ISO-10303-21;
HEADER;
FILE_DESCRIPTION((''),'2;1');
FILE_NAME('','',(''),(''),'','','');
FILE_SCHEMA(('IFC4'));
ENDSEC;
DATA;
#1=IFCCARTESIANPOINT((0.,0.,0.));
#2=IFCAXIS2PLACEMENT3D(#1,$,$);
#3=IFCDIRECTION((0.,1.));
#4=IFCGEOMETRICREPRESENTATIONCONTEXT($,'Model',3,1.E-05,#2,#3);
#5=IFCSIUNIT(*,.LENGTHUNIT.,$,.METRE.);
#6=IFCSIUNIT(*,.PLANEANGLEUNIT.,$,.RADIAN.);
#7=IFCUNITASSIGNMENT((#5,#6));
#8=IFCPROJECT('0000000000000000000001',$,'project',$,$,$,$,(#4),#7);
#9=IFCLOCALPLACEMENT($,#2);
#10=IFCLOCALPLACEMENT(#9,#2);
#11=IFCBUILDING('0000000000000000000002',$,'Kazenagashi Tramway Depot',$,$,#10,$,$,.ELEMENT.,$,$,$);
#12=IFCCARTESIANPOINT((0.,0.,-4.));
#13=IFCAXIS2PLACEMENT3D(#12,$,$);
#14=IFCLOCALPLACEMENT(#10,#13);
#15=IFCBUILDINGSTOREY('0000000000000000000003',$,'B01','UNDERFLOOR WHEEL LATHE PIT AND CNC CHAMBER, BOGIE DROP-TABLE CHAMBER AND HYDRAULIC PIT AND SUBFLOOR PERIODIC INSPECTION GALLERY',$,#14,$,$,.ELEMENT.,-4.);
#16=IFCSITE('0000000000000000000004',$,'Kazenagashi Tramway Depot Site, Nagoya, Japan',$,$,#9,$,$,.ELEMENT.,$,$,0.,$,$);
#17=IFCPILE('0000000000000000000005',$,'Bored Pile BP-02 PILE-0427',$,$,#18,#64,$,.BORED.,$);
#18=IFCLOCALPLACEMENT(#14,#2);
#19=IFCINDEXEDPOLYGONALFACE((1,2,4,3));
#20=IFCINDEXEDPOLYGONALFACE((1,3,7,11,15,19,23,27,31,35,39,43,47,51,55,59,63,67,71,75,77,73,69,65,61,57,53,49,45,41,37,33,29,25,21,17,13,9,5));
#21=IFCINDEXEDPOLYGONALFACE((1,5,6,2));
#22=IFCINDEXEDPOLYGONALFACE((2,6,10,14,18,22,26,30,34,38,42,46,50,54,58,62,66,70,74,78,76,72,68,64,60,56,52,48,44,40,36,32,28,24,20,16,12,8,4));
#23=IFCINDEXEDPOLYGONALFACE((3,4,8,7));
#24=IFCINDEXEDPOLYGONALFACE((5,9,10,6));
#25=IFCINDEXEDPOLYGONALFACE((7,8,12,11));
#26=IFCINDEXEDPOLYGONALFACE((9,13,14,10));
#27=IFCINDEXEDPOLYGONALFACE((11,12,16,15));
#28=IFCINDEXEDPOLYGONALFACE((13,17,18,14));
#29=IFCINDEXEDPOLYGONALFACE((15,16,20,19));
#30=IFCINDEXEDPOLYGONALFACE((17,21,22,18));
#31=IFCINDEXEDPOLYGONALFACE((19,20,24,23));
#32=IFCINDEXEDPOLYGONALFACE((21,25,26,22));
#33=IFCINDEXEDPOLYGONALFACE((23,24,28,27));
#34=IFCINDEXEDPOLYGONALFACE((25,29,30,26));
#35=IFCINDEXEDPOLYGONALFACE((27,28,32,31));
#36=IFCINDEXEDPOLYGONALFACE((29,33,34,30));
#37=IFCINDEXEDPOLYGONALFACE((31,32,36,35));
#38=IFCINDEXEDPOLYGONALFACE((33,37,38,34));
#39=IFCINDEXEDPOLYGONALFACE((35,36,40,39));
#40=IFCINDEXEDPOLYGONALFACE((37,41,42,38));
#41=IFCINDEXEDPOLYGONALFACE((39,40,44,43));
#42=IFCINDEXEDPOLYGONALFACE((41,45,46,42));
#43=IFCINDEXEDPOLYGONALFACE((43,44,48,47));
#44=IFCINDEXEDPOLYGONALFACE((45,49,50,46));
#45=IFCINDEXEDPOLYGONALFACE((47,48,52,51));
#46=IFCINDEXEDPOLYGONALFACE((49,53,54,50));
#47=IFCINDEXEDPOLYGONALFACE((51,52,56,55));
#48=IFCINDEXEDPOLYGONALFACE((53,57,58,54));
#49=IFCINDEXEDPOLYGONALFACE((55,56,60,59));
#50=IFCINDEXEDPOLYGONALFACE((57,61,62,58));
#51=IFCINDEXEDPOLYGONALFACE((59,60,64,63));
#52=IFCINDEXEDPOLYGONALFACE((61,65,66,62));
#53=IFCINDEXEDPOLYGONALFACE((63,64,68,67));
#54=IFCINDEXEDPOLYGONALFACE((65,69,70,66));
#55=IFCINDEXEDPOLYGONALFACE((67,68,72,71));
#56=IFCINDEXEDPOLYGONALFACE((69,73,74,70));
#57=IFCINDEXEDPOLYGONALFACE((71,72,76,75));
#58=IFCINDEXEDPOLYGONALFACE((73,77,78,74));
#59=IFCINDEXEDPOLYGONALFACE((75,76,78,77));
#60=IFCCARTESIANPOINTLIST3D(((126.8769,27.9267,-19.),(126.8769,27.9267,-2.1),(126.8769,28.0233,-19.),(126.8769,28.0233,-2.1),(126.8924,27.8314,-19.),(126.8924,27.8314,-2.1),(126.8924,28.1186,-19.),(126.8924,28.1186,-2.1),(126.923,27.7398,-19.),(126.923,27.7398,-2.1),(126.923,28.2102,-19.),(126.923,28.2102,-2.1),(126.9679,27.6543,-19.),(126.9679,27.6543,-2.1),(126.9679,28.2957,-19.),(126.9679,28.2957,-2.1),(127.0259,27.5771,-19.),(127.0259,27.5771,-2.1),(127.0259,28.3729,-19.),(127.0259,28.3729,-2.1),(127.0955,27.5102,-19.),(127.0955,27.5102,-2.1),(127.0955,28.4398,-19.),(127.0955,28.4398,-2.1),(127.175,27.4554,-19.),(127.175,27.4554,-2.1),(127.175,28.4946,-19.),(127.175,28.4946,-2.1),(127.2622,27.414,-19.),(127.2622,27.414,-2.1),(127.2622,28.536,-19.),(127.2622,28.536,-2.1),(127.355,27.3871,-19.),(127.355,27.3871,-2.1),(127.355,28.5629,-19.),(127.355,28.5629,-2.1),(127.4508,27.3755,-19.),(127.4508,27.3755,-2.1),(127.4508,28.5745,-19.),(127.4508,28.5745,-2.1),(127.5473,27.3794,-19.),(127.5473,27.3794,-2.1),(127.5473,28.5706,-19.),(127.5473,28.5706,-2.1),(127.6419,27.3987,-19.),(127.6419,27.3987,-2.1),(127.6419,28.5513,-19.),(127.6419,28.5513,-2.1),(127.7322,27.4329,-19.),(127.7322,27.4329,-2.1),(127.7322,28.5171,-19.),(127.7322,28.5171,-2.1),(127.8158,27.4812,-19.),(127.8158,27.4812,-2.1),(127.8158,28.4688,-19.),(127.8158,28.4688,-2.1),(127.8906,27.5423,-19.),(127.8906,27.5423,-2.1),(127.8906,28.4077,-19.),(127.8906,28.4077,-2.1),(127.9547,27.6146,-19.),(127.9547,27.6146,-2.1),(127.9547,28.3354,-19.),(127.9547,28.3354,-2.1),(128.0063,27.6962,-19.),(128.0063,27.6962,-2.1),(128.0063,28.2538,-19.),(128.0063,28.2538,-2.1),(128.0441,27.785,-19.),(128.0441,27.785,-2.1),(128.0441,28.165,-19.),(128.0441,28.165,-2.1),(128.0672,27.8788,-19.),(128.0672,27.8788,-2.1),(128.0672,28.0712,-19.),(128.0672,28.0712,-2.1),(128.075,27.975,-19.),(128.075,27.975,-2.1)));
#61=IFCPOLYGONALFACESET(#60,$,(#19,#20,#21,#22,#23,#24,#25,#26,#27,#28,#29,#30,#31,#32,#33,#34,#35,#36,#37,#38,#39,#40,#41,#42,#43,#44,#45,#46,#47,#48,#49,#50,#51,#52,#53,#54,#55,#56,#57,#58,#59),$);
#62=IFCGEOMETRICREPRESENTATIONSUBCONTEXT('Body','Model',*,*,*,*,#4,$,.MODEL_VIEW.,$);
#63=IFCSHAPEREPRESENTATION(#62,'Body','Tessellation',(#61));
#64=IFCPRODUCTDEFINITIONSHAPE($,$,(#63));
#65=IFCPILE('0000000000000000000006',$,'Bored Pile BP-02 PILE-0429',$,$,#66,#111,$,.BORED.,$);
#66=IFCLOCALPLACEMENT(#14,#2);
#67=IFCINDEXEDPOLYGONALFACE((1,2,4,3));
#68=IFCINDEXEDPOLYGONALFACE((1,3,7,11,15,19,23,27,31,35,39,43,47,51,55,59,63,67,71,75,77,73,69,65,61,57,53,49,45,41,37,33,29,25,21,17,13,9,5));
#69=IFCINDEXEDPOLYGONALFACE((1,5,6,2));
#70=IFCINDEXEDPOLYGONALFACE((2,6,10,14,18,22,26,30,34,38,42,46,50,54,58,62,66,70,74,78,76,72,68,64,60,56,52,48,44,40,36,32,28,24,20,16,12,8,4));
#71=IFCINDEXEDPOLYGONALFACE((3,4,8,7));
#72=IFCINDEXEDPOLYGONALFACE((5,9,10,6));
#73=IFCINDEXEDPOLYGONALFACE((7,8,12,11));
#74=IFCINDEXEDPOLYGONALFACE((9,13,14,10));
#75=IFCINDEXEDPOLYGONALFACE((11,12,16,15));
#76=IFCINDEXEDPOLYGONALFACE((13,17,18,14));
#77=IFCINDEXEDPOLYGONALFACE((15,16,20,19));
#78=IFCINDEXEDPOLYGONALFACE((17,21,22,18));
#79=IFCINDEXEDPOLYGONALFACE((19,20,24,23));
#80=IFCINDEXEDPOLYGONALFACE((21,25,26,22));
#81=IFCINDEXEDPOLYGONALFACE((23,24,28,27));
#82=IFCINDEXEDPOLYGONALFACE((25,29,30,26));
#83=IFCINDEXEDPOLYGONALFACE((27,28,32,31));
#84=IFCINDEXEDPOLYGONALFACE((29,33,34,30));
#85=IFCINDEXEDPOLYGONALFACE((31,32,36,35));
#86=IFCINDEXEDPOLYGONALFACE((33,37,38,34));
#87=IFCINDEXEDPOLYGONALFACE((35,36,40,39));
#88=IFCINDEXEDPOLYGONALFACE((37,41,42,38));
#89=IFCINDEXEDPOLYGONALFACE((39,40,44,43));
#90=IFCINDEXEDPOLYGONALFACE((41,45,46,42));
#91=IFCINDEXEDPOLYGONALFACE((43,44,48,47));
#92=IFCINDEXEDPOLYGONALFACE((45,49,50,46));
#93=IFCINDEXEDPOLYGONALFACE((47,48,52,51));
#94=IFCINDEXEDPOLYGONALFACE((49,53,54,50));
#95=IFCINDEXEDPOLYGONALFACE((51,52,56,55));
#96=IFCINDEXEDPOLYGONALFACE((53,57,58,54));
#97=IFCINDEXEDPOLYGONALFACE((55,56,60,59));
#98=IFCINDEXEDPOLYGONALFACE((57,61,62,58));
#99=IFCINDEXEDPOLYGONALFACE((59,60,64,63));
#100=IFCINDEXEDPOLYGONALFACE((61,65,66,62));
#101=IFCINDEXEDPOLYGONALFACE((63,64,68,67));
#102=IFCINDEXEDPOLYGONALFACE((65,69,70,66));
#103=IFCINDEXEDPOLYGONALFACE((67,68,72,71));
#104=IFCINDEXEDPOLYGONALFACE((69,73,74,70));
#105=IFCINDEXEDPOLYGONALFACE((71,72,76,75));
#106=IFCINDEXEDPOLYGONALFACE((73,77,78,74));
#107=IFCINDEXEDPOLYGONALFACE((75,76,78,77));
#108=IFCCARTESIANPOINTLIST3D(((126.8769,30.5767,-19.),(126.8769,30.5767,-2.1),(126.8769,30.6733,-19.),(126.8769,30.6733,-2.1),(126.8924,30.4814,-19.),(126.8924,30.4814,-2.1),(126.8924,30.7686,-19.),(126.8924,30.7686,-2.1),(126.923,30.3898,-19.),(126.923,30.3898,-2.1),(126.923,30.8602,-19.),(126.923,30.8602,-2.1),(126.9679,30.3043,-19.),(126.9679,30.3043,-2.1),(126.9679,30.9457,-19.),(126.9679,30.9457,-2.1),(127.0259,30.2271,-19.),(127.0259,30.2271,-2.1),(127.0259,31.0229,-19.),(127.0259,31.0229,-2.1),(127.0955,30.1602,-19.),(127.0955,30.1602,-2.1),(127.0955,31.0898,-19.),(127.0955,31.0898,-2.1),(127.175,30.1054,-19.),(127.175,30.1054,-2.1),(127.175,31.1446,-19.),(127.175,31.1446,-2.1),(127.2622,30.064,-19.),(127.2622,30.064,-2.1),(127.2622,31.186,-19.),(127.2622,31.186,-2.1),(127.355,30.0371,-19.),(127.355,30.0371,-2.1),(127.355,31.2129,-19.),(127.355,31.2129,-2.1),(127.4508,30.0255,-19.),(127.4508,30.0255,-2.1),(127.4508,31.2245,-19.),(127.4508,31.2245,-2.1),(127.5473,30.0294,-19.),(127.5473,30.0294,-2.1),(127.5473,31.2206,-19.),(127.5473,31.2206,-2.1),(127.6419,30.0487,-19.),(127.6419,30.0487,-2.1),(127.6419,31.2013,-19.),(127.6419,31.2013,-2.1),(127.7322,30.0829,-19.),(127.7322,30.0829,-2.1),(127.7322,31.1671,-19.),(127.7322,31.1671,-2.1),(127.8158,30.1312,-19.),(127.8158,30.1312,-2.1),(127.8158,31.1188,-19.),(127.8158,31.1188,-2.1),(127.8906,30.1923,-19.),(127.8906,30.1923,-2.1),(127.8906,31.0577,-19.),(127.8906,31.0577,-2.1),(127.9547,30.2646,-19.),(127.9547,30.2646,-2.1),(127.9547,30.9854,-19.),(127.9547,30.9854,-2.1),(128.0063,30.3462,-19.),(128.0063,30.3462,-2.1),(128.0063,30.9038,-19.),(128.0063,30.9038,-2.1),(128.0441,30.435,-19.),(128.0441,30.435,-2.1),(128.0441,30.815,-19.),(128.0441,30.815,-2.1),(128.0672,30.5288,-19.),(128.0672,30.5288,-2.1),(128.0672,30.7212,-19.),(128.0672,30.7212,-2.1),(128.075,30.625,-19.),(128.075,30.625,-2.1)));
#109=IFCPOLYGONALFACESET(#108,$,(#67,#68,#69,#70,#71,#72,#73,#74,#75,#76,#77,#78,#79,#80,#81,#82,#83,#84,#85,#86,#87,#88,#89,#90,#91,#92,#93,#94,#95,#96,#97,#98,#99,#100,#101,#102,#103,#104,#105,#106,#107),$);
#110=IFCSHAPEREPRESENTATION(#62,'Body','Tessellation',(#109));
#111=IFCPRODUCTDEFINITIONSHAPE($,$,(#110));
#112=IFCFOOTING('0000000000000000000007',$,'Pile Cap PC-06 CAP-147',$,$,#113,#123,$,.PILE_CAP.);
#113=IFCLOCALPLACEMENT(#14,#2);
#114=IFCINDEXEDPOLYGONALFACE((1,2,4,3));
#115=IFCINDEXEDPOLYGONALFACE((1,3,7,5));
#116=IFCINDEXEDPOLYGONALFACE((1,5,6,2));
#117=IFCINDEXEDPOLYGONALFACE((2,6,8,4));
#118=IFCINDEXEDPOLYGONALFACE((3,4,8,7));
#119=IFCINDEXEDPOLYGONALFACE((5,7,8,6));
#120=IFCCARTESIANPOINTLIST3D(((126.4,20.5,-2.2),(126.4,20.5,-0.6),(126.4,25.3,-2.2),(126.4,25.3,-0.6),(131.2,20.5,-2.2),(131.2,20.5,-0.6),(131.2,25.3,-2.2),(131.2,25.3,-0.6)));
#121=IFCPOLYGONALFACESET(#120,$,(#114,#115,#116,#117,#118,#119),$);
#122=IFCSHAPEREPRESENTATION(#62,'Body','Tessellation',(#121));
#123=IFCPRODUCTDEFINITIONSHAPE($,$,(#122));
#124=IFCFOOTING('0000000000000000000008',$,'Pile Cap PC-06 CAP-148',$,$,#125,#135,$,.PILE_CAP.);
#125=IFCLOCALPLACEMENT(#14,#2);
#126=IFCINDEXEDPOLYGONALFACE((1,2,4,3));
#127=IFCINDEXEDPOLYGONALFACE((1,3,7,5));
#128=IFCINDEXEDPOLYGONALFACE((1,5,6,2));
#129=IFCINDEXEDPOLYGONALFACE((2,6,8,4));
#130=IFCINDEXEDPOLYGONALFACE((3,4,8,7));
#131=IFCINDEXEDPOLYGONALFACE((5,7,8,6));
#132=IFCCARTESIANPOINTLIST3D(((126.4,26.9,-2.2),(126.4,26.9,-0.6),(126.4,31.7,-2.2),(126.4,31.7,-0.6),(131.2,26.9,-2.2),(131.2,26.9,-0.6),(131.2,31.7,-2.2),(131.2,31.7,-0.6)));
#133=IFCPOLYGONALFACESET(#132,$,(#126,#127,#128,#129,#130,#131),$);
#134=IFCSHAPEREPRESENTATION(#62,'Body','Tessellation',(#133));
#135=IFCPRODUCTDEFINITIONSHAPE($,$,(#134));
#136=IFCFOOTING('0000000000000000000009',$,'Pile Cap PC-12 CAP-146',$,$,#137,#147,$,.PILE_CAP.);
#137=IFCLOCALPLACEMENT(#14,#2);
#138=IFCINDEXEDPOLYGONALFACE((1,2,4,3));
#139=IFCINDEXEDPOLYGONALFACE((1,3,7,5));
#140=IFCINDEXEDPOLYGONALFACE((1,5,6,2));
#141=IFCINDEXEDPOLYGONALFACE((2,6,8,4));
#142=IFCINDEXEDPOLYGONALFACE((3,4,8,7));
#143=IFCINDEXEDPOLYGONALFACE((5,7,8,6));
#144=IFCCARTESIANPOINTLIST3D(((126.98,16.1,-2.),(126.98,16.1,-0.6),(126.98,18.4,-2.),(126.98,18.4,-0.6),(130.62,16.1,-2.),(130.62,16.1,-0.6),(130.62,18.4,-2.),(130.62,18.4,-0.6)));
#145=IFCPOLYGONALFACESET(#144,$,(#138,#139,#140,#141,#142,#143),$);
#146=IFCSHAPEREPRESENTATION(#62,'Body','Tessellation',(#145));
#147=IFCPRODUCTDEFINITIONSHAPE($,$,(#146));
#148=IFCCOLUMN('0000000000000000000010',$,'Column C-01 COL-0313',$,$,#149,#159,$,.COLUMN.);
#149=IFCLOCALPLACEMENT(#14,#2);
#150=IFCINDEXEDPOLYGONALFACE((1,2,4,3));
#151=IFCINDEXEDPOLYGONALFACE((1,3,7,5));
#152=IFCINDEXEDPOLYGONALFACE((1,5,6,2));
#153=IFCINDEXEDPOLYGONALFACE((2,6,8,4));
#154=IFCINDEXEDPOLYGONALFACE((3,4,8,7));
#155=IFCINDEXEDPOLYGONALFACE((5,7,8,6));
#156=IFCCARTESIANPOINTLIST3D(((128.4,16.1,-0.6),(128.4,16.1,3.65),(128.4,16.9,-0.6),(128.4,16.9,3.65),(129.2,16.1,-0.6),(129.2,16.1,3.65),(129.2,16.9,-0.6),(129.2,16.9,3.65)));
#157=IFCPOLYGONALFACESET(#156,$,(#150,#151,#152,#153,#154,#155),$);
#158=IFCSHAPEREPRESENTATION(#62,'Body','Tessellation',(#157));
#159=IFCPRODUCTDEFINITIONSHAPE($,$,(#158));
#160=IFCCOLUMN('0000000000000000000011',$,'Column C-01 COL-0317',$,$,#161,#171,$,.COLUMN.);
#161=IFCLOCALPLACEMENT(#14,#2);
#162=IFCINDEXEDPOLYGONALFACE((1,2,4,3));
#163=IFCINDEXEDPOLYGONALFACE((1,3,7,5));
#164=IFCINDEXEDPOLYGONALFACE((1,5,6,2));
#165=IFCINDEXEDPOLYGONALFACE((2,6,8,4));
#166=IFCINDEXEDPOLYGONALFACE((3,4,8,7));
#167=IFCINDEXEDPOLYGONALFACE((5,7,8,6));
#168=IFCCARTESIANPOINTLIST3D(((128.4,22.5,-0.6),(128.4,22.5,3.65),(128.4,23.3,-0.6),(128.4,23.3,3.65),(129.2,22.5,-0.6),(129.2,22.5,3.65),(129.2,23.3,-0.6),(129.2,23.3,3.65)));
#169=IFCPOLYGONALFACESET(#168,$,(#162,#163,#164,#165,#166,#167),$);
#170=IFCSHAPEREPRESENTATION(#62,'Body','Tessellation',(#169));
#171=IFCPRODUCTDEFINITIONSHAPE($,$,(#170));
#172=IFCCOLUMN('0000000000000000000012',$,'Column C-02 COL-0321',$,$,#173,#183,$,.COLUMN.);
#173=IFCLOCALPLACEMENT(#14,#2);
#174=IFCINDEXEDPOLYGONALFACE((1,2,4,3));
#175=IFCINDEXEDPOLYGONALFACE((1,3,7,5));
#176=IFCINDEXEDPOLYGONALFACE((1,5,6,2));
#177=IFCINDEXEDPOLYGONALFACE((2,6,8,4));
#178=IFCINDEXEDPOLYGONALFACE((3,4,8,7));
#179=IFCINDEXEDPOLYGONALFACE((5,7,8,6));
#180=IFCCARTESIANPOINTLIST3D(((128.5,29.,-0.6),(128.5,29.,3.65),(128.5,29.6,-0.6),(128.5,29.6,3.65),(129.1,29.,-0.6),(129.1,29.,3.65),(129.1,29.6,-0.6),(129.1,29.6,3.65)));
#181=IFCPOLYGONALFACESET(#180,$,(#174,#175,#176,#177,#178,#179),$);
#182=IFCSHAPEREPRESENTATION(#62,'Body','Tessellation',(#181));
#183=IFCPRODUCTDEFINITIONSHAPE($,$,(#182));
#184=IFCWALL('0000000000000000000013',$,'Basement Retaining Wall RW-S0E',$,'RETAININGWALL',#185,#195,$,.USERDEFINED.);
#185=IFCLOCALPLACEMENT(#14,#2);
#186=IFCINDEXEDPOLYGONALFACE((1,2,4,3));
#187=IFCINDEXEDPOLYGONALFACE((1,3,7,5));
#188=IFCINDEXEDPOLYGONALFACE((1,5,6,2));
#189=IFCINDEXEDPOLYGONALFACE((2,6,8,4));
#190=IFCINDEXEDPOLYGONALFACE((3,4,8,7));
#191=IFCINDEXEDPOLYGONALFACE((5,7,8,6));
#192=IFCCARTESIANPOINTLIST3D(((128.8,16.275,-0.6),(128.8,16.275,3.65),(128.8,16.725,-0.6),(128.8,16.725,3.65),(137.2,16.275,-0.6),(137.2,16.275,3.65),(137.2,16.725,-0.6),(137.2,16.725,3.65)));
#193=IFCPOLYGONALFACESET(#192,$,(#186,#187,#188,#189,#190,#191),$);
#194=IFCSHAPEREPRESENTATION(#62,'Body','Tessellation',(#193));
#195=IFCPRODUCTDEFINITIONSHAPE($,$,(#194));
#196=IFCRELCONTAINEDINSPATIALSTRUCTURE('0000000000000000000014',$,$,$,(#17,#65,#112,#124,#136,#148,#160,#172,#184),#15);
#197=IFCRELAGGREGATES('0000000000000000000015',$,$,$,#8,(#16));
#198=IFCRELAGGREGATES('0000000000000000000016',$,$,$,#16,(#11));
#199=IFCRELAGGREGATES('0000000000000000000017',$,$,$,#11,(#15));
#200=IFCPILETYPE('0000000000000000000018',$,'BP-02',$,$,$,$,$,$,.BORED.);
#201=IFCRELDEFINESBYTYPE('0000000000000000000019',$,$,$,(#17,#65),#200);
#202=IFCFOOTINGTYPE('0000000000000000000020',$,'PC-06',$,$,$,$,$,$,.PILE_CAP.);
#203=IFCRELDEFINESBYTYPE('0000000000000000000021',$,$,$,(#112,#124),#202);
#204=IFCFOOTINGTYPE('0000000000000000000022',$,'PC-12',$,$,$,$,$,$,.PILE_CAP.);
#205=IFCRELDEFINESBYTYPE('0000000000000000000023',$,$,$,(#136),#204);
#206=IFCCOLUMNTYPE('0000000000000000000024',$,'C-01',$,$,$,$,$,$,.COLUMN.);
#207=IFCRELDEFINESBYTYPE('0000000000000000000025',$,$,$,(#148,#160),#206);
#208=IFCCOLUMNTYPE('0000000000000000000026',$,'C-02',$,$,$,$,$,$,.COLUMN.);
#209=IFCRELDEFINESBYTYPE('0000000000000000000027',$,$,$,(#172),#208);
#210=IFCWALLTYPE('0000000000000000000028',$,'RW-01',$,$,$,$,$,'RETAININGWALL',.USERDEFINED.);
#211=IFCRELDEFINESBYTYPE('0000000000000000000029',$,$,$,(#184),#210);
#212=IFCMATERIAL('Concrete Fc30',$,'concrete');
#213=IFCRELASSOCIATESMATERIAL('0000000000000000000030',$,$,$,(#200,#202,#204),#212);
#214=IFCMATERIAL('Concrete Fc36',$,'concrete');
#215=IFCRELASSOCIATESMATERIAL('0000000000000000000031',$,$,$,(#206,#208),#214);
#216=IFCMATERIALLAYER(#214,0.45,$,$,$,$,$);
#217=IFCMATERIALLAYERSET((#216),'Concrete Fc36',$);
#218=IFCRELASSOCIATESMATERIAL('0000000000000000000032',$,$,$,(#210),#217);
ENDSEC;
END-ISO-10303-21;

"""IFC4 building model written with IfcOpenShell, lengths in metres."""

from ifc_helpers import new_model, si_unit, direction, frame, frame_2d, origin, origin_2d, place, context, subcontext, project, spatial, rectangle, circle, extrude, material, layer, layer_set, material_profile, profile_set, type_object, element, save


model = new_model("IFC4")

# Units and contexts
model_context = context("Model", 3, precision=1e-05, world=origin(), true_north=direction((0.0, 1.0)))
body_context = subcontext(model_context, "Body", "Model", "MODEL_VIEW")
ifc_project = project(units=[si_unit("LENGTHUNIT", "METRE"), si_unit("PLANEANGLEUNIT", "RADIAN")], contexts=[model_context])

# Site, building, storey
site_placement = place(None, origin())
site = spatial("IfcSite", under=ifc_project, at=site_placement, Name="Kazenagashi Tramway Depot Site, Nagoya, Japan", CompositionType="ELEMENT", RefElevation=0.0)
building_placement = place(site_placement, origin())
building = spatial("IfcBuilding", under=site, at=building_placement, Name="Kazenagashi Tramway Depot", CompositionType="ELEMENT")
storey_placement = place(building_placement, frame((0.0, 0.0, -4.0)))
storey = spatial("IfcBuildingStorey", under=building, at=storey_placement, Name="B01", Description="UNDERFLOOR WHEEL LATHE PIT AND CNC CHAMBER, BOGIE DROP-TABLE CHAMBER AND HYDRAULIC PIT AND SUBFLOOR PERIODIC INSPECTION GALLERY", CompositionType="ELEMENT", Elevation=-4.0)

# Piles
ifc_material_1 = material(Name="Concrete Fc30", Category="concrete")
ifc_material_profile_1 = material_profile(ifc_material_1, circle(Radius=0.6, at=origin_2d()), Name="PILE-1200")
ifc_profile_set_1 = profile_set([ifc_material_profile_1], Name="Concrete Fc30")
pile_type_1 = type_object("IfcPileType", Name="BP-02", PredefinedType="BORED", material=ifc_profile_set_1)
for number, where, z_axis, x_axis, name in (
    (1, (127.475, 27.975, -2.1), (0.0, 0.0, -1.0), (1.0, 0.0, 0.0), "Bored Pile BP-02 PILE-0427"),
    (2, (127.475, 30.625, -2.1), (0.0, 0.0, -1.0), (1.0, 0.0, 0.0), "Bored Pile BP-02 PILE-0429"),
):
    element("IfcPile", number, at=place(storey_placement, frame(where, z_axis=z_axis, x_axis=x_axis)), inside=storey, type_object=pile_type_1, Name=name, PredefinedType="BORED", context=body_context, shape_type="SweptSolid", body=[
        extrude(circle(Radius=0.6, at=origin_2d()), origin(), (0.0, 0.0, 1.0), 16.9),
    ])

# Footings
footing_type_1 = type_object("IfcFootingType", Name="PC-06", PredefinedType="PILE_CAP", material=ifc_material_1)
for number, where, z_axis, x_axis, name in (
    (3, (128.8, 22.9, -2.2), (0.0, 0.0, 1.0), (1.0, 0.0, 0.0), "Pile Cap PC-06 CAP-147"),
    (4, (128.8, 29.3, -2.2), (0.0, 0.0, 1.0), (1.0, 0.0, 0.0), "Pile Cap PC-06 CAP-148"),
):
    element("IfcFooting", number, at=place(storey_placement, frame(where, z_axis=z_axis, x_axis=x_axis)), inside=storey, type_object=footing_type_1, Name=name, PredefinedType="PILE_CAP", context=body_context, shape_type="SweptSolid", body=[
        extrude(rectangle(XDim=4.8, YDim=4.8, at=origin_2d()), origin(), (0.0, 0.0, 1.0), 1.6),
    ])
footing_type_2 = type_object("IfcFootingType", Name="PC-12", PredefinedType="PILE_CAP", material=ifc_material_1)
footing_placement = place(storey_placement, frame((128.8, 17.25, -2.0), z_axis=(0.0, 0.0, 1.0), x_axis=(1.0, 0.0, 0.0)))
element("IfcFooting", 5, at=footing_placement, inside=storey, type_object=footing_type_2, Name="Pile Cap PC-12 CAP-146", PredefinedType="PILE_CAP", context=body_context, shape_type="SweptSolid", body=[
    extrude(rectangle(XDim=3.64, YDim=2.3, at=origin_2d()), origin(), (0.0, 0.0, 1.0), 1.4),
])

# Columns
ifc_material_2 = material(Name="Concrete Fc36", Category="concrete")
ifc_material_profile_2 = material_profile(ifc_material_2, rectangle(XDim=0.8, YDim=0.8, at=origin_2d()), Name="RC-800x800")
ifc_profile_set_2 = profile_set([ifc_material_profile_2], Name="Concrete Fc36")
column_type_1 = type_object("IfcColumnType", Name="C-01", PredefinedType="COLUMN", material=ifc_profile_set_2)
for number, where, z_axis, x_axis, name in (
    (6, (128.8, 16.5, -0.6), (0.0, 0.0, 1.0), (1.0, 0.0, 0.0), "Column C-01 COL-0313"),
    (7, (128.8, 22.9, -0.6), (0.0, 0.0, 1.0), (1.0, 0.0, 0.0), "Column C-01 COL-0317"),
):
    element("IfcColumn", number, at=place(storey_placement, frame(where, z_axis=z_axis, x_axis=x_axis)), inside=storey, type_object=column_type_1, Name=name, PredefinedType="COLUMN", context=body_context, shape_type="SweptSolid", body=[
        extrude(rectangle(XDim=0.8, YDim=0.8, at=origin_2d()), origin(), (0.0, 0.0, 1.0), 4.25),
    ])
ifc_material_profile_3 = material_profile(ifc_material_2, rectangle(XDim=0.6, YDim=0.6, at=origin_2d()), Name="RC-600x600")
ifc_profile_set_3 = profile_set([ifc_material_profile_3], Name="Concrete Fc36")
column_type_2 = type_object("IfcColumnType", Name="C-02", PredefinedType="COLUMN", material=ifc_profile_set_3)
column_placement = place(storey_placement, frame((128.8, 29.3, -0.6), z_axis=(0.0, 0.0, 1.0), x_axis=(1.0, 0.0, 0.0)))
element("IfcColumn", 8, at=column_placement, inside=storey, type_object=column_type_2, Name="Column C-02 COL-0321", PredefinedType="COLUMN", context=body_context, shape_type="SweptSolid", body=[
    extrude(rectangle(XDim=0.6, YDim=0.6, at=origin_2d()), origin(), (0.0, 0.0, 1.0), 4.25),
])

# Wall
ifc_layer_1 = layer(ifc_material_2, 0.45)
ifc_layer_set_1 = layer_set([ifc_layer_1], Name="Concrete Fc36")
wall_type_1 = type_object("IfcWallType", Name="RW-01", ElementType="RETAININGWALL", PredefinedType="USERDEFINED", material=ifc_layer_set_1)
wall_1_placement = place(storey_placement, frame((128.8, 16.5, -0.6), z_axis=(0.0, 0.0, 1.0), x_axis=(1.0, 0.0, 0.0)))
element("IfcWall", 9, at=wall_1_placement, inside=storey, type_object=wall_type_1, Name="Basement Retaining Wall RW-S0E", ObjectType="RETAININGWALL", PredefinedType="USERDEFINED", context=body_context, shape_type="SweptSolid", body=[
    extrude(rectangle(XDim=8.4, YDim=0.45, at=frame_2d((4.2, 0.0))), origin(), (0.0, 0.0, 1.0), 4.25),
])

save(model, "model.ifc")
